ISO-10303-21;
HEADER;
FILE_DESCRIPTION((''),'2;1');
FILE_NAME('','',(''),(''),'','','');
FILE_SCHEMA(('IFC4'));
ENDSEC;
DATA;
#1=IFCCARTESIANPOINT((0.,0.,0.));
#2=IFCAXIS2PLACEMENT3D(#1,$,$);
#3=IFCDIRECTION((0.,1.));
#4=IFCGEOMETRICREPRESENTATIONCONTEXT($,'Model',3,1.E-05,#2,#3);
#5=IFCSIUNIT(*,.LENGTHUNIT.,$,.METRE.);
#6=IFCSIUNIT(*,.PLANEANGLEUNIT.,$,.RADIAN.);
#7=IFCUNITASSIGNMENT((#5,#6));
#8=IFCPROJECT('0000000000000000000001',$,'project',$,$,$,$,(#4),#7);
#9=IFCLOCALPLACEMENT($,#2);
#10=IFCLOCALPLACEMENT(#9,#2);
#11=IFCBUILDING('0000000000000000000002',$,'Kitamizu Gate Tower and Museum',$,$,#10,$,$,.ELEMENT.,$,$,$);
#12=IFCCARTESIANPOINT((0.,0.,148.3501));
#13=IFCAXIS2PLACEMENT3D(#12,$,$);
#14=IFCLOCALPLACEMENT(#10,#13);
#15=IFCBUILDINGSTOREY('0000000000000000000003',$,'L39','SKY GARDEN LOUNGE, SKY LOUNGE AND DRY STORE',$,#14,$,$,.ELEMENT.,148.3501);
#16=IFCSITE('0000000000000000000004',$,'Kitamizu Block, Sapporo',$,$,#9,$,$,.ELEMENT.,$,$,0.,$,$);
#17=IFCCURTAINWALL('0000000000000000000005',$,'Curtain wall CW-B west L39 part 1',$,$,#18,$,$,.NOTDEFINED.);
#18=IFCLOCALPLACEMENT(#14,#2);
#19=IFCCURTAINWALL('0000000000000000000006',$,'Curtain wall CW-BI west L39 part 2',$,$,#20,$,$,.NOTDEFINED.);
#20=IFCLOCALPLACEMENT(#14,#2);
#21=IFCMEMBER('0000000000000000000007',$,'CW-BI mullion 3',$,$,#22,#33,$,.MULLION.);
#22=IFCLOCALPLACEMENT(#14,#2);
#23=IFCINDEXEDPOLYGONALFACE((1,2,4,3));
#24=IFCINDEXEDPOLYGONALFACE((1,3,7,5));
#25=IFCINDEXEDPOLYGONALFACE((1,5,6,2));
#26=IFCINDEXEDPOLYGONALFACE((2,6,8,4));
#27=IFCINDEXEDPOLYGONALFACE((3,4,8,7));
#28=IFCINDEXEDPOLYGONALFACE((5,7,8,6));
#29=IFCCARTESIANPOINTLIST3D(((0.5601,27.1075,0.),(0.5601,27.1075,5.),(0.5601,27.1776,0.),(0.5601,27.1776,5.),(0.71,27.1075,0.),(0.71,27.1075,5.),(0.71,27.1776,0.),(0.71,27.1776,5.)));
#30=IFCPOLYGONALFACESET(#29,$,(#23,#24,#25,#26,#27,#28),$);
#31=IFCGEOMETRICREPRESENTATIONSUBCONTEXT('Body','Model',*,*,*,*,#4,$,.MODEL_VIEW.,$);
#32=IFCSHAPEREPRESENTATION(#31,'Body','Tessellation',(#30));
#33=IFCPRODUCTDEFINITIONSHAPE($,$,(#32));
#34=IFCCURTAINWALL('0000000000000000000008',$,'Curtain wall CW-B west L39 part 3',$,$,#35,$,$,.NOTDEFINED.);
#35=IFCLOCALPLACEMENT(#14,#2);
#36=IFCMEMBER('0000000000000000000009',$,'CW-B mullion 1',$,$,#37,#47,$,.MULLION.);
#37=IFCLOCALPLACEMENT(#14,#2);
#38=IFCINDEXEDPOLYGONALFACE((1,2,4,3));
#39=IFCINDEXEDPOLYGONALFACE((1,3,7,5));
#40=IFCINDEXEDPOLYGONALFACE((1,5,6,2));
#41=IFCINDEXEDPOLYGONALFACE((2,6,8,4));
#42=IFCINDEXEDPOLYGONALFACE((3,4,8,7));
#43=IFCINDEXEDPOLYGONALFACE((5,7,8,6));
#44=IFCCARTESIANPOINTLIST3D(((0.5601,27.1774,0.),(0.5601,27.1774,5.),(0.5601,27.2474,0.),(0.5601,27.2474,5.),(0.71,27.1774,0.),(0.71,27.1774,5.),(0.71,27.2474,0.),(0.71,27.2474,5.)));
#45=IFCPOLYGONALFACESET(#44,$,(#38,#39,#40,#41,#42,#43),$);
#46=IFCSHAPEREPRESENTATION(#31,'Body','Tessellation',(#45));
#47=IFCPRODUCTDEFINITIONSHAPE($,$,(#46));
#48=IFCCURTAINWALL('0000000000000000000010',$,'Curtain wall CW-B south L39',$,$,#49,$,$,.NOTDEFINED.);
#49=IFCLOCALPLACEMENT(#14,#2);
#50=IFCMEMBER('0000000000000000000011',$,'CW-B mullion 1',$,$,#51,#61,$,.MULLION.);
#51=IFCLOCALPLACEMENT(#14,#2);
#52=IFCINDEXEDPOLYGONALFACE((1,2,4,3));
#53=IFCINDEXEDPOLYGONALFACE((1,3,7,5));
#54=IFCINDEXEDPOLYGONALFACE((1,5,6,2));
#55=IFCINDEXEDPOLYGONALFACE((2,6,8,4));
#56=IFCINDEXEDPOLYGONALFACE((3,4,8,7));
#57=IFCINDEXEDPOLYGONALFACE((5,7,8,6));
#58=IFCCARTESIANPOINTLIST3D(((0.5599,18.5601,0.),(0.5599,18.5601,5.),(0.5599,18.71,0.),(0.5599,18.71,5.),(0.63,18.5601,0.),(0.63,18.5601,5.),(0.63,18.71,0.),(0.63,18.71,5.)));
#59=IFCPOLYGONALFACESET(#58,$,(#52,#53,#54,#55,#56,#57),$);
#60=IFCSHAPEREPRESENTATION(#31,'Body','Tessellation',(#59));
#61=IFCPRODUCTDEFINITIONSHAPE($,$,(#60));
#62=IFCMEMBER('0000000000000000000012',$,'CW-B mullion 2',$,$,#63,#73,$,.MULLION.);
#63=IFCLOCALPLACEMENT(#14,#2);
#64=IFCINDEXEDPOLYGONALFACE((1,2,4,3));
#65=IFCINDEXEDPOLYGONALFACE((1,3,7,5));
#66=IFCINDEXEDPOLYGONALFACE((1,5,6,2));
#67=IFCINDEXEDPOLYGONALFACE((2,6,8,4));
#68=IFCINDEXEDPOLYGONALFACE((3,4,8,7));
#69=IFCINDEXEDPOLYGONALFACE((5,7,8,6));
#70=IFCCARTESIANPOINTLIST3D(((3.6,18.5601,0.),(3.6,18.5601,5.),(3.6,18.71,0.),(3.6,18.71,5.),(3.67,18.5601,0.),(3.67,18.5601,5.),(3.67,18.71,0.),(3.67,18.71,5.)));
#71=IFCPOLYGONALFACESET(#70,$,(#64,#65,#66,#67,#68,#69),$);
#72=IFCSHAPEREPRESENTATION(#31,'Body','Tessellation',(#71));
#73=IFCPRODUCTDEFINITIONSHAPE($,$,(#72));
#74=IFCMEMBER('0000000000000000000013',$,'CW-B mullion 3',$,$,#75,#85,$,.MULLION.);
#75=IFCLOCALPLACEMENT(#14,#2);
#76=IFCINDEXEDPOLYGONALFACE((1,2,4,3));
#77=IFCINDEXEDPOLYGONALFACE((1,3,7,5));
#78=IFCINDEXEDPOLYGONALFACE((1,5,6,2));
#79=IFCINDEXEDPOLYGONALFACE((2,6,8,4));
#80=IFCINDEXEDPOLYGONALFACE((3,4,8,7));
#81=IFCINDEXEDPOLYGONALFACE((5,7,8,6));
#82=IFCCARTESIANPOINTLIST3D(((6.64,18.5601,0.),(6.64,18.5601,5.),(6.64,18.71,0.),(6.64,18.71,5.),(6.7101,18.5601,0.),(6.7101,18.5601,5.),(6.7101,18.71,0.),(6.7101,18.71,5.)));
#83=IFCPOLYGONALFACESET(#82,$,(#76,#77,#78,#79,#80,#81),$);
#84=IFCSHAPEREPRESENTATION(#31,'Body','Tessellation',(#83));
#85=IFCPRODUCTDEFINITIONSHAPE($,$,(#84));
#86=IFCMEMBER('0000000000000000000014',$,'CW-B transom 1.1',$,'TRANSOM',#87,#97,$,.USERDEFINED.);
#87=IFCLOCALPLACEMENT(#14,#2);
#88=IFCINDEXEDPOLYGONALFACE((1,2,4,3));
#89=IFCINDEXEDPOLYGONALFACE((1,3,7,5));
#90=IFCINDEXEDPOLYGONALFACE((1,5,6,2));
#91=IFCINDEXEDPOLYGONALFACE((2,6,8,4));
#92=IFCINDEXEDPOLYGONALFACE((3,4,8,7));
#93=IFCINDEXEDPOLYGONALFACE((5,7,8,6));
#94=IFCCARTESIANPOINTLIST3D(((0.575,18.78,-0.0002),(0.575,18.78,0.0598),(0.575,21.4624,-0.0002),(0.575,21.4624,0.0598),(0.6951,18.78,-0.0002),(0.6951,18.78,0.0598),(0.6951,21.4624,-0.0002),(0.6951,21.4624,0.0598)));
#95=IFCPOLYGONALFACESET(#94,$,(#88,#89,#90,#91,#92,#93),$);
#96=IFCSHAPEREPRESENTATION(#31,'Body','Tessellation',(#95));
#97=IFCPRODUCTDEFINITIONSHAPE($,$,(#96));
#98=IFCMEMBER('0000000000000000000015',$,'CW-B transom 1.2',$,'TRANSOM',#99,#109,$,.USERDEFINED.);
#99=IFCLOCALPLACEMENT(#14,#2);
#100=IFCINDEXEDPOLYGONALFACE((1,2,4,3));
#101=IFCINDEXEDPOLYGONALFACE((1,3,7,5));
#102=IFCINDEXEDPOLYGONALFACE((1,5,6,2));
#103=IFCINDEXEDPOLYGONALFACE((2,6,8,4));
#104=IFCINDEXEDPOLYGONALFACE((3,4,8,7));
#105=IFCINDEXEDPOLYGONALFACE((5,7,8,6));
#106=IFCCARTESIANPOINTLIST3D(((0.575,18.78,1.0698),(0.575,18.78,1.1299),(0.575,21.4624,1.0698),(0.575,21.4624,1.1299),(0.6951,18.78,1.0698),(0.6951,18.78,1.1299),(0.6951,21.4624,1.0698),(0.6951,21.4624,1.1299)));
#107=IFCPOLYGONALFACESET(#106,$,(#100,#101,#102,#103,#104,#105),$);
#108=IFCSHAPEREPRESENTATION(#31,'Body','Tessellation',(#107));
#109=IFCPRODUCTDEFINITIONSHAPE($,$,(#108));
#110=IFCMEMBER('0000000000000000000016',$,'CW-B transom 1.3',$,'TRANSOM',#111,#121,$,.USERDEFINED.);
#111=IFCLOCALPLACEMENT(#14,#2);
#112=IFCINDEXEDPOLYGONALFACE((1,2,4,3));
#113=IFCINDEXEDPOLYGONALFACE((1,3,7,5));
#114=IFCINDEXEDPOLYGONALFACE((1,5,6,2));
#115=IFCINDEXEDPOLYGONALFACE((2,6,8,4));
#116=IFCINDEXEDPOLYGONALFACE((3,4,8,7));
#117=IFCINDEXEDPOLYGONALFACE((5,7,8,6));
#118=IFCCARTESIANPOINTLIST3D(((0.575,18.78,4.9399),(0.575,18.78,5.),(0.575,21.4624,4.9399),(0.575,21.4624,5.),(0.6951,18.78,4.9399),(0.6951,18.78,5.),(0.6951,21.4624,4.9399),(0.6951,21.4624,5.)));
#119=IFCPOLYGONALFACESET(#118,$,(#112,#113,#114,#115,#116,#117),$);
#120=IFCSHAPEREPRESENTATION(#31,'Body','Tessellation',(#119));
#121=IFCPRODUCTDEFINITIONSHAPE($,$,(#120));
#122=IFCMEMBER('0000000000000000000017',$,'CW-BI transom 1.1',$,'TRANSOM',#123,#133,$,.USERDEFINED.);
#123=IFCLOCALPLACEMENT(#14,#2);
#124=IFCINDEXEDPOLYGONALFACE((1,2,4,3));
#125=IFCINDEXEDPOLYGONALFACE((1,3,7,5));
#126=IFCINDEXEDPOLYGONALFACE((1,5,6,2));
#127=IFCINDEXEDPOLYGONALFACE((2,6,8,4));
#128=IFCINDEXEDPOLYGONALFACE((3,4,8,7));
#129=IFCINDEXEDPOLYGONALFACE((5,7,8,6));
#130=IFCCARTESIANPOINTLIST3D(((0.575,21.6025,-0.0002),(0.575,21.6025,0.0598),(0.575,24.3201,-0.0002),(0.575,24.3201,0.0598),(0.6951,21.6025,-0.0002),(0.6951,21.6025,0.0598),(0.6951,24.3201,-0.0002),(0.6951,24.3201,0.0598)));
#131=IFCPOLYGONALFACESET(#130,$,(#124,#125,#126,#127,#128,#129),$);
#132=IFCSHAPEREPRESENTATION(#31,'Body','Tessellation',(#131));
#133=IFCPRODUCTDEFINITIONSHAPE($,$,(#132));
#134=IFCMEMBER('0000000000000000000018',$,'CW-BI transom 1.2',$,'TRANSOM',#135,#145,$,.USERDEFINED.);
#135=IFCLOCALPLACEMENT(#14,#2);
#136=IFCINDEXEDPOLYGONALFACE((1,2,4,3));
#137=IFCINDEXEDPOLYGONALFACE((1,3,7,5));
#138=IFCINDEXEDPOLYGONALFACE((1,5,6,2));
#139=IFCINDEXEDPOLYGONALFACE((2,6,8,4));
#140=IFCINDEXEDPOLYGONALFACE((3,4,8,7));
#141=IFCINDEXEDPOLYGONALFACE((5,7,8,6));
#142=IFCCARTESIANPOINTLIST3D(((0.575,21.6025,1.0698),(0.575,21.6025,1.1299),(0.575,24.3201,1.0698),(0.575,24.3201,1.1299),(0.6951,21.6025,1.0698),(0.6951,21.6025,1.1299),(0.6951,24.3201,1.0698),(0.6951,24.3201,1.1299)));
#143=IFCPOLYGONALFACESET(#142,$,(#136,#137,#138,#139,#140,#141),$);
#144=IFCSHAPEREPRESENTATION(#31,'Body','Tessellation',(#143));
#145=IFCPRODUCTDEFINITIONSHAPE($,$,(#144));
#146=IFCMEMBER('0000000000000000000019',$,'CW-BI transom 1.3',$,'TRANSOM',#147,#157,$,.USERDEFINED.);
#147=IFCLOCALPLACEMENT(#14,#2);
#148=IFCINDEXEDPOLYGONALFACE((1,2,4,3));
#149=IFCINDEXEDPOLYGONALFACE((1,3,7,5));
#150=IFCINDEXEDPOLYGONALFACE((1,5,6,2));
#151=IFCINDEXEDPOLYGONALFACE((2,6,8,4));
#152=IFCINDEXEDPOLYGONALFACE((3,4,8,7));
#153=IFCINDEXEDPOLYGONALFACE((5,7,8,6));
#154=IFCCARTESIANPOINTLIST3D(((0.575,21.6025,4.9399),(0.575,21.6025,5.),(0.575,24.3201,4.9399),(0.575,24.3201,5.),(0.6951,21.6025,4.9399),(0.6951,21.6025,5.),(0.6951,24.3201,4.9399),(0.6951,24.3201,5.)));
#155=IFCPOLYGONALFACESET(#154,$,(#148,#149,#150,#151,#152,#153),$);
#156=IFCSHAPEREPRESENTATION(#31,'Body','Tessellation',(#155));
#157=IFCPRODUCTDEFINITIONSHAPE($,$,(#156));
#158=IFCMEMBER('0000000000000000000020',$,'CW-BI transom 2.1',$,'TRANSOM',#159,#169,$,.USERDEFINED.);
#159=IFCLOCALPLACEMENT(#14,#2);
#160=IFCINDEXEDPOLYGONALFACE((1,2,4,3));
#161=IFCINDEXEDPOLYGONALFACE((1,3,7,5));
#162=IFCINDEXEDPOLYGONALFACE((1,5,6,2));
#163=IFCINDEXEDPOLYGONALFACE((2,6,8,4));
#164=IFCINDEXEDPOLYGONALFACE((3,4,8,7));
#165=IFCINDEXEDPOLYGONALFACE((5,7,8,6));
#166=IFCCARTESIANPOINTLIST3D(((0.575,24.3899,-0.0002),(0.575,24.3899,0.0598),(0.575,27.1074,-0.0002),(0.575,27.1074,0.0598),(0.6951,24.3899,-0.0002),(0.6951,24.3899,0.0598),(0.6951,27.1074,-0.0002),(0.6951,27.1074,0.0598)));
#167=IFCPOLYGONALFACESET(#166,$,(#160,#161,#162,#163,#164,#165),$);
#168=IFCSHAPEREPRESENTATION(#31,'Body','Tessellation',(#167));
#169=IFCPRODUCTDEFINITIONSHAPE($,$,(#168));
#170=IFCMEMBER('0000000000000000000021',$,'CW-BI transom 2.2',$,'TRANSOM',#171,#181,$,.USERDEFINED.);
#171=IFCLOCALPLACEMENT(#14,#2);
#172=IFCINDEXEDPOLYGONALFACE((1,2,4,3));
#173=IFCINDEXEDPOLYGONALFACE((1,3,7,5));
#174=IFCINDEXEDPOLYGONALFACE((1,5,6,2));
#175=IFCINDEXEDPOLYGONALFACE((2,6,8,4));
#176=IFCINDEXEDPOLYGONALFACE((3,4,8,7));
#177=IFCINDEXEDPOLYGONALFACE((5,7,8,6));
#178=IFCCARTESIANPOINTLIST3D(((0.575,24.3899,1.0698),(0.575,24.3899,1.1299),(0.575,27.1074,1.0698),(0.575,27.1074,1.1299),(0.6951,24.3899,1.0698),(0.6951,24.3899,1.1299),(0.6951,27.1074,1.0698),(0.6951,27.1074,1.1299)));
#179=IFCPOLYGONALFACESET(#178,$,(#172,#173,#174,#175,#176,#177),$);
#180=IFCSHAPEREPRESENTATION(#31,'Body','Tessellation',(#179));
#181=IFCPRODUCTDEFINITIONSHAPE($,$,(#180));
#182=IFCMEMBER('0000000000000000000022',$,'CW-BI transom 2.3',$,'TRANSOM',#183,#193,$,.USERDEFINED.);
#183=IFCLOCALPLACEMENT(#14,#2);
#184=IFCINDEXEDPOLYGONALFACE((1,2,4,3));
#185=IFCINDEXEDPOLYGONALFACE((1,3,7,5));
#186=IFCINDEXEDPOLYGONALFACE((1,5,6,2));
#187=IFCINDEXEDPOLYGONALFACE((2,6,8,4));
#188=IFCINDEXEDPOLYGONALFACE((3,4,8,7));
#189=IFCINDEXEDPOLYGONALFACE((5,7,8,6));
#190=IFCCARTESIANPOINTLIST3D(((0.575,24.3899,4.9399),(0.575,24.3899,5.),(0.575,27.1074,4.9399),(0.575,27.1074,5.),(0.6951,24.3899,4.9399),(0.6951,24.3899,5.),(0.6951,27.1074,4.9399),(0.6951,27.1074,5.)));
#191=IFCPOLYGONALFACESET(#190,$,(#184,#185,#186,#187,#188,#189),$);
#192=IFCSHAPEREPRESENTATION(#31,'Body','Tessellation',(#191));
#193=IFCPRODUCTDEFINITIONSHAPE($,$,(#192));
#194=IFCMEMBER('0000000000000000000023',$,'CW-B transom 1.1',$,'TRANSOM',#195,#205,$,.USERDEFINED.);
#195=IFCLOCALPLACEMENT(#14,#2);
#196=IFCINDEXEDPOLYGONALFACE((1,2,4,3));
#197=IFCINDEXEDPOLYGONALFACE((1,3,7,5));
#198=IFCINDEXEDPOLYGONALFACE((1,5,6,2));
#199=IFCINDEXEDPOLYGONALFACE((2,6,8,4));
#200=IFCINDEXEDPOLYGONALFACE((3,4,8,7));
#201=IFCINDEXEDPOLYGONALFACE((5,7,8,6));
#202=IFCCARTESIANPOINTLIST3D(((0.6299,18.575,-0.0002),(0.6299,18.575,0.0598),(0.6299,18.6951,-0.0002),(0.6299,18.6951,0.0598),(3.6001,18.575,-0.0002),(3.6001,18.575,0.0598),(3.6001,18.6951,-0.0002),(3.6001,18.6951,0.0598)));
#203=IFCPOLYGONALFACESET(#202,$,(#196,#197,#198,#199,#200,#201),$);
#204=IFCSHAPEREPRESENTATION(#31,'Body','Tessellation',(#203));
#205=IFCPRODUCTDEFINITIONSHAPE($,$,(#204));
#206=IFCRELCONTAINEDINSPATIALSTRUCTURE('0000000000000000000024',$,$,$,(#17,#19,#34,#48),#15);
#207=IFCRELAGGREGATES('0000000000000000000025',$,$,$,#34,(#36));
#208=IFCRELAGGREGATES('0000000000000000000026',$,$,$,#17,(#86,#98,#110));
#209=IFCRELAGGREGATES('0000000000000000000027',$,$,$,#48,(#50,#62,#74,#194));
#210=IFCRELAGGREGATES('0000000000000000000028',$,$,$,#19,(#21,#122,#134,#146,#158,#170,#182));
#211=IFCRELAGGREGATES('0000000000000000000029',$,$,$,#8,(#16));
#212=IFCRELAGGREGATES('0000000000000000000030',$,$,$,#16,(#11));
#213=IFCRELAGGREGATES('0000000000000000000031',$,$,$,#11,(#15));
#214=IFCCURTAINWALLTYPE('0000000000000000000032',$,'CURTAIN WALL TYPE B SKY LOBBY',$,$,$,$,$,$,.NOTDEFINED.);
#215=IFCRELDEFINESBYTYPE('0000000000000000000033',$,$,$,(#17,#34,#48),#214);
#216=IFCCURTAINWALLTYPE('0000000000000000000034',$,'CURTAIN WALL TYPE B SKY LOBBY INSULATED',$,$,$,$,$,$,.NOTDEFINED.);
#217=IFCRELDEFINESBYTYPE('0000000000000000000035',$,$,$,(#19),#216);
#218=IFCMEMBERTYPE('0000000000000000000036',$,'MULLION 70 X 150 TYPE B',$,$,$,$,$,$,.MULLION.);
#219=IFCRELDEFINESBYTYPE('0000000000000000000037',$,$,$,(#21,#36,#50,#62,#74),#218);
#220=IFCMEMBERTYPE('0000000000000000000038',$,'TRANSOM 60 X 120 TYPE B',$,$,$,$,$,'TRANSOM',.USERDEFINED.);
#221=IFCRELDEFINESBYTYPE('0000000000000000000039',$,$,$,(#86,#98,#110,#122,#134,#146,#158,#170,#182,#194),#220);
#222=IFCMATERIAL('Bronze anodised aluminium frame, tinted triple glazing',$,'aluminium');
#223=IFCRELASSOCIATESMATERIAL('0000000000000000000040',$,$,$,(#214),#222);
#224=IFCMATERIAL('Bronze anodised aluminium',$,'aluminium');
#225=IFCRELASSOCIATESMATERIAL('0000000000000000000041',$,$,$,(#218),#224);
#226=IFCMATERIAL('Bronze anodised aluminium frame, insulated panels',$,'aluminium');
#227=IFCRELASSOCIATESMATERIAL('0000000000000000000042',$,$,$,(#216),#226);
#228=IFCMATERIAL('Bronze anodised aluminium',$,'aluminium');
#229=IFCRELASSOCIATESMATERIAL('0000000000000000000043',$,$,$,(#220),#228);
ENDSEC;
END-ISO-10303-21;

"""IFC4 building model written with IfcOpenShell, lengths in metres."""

from ifc_helpers import new_model, si_unit, direction, frame, origin, origin_2d, place, context, subcontext, project, spatial, rectangle, extrude, material, material_profile, profile_set, type_object, element, aggregate, save


model = new_model("IFC4")

# Units and contexts
model_context = context("Model", 3, precision=1e-05, world=origin(), true_north=direction((0.0, 1.0)))
body_context = subcontext(model_context, "Body", "Model", "MODEL_VIEW")
ifc_project = project(units=[si_unit("LENGTHUNIT", "METRE"), si_unit("PLANEANGLEUNIT", "RADIAN")], contexts=[model_context])

# Site, building, storey
site_placement = place(None, origin())
site = spatial("IfcSite", under=ifc_project, at=site_placement, Name="Kitamizu Block, Sapporo", CompositionType="ELEMENT", RefElevation=0.0)
building_placement = place(site_placement, origin())
building = spatial("IfcBuilding", under=site, at=building_placement, Name="Kitamizu Gate Tower and Museum", CompositionType="ELEMENT")
storey_placement = place(building_placement, frame((0.0, 0.0, 148.3501)))
storey = spatial("IfcBuildingStorey", under=building, at=storey_placement, Name="L39", Description="SKY GARDEN LOUNGE, SKY LOUNGE AND DRY STORE", CompositionType="ELEMENT", Elevation=148.3501)

# Curtain walls, member
ifc_material_1 = material(Name="Bronze anodised aluminium frame, tinted triple glazing", Category="aluminium")
curtain_wall_type_1 = type_object("IfcCurtainWallType", Name="CURTAIN WALL TYPE B SKY LOBBY", PredefinedType="NOTDEFINED", material=ifc_material_1)
curtain_wall_1_placement = place(storey_placement, origin())
curtain_wall_1 = element("IfcCurtainWall", 1, at=curtain_wall_1_placement, inside=storey, type_object=curtain_wall_type_1, Name="Curtain wall CW-B west L39 part 1", PredefinedType="NOTDEFINED")
ifc_material_2 = material(Name="Bronze anodised aluminium", Category="aluminium")
ifc_material_profile_1 = material_profile(ifc_material_2, rectangle(XDim=0.0701, YDim=0.1499, at=origin_2d()), Name="AL 70X150")
ifc_profile_set_1 = profile_set([ifc_material_profile_1], Name="Bronze anodised aluminium")
member_type_1 = type_object("IfcMemberType", Name="MULLION 70 X 150 TYPE B", PredefinedType="MULLION", material=ifc_profile_set_1)
ifc_material_3 = material(Name="Bronze anodised aluminium frame, insulated panels", Category="aluminium")
curtain_wall_type_2 = type_object("IfcCurtainWallType", Name="CURTAIN WALL TYPE B SKY LOBBY INSULATED", PredefinedType="NOTDEFINED", material=ifc_material_3)
curtain_wall_2_placement = place(storey_placement, origin())
curtain_wall_2 = element("IfcCurtainWall", 2, at=curtain_wall_2_placement, inside=storey, type_object=curtain_wall_type_2, Name="Curtain wall CW-BI west L39 part 2", PredefinedType="NOTDEFINED")
member_1_placement = place(storey_placement, frame((0.635, 27.1426, 0.0), z_axis=(0.0, 0.0, 1.0), x_axis=(0.0, 1.0, 0.0)))
member_1 = element("IfcMember", 3, at=member_1_placement, type_object=member_type_1, Name="CW-BI mullion 3", PredefinedType="MULLION", context=body_context, shape_type="SweptSolid", body=[
    extrude(rectangle(XDim=0.0701, YDim=0.1499, at=origin_2d()), origin(), (0.0, 0.0, 1.0), 5.0),
])

# Curtain wall, member
curtain_wall_3_placement = place(storey_placement, origin())
curtain_wall_3 = element("IfcCurtainWall", 4, at=curtain_wall_3_placement, inside=storey, type_object=curtain_wall_type_1, Name="Curtain wall CW-B west L39 part 3", PredefinedType="NOTDEFINED")
member_2_placement = place(storey_placement, frame((0.635, 27.2124, 0.0), z_axis=(0.0, 0.0, 1.0), x_axis=(0.0, 1.0, 0.0)))
member_2 = element("IfcMember", 5, at=member_2_placement, type_object=member_type_1, Name="CW-B mullion 1", PredefinedType="MULLION", context=body_context, shape_type="SweptSolid", body=[
    extrude(rectangle(XDim=0.0701, YDim=0.1499, at=origin_2d()), origin(), (0.0, 0.0, 1.0), 5.0),
])
aggregate(curtain_wall_3, [member_2])

# Curtain wall, members
curtain_wall_4_placement = place(storey_placement, origin())
curtain_wall_4 = element("IfcCurtainWall", 6, at=curtain_wall_4_placement, inside=storey, type_object=curtain_wall_type_1, Name="Curtain wall CW-B south L39", PredefinedType="NOTDEFINED")
member_3_placement = place(storey_placement, frame((0.595, 18.635, 0.0), z_axis=(0.0, 0.0, 1.0), x_axis=(1.0, 0.0, 0.0)))
member_3 = element("IfcMember", 7, at=member_3_placement, type_object=member_type_1, Name="CW-B mullion 1", PredefinedType="MULLION", context=body_context, shape_type="SweptSolid", body=[
    extrude(rectangle(XDim=0.0701, YDim=0.1499, at=origin_2d()), origin(), (0.0, 0.0, 1.0), 5.0),
])
member_4_placement = place(storey_placement, frame((3.635, 18.635, 0.0), z_axis=(0.0, 0.0, 1.0), x_axis=(1.0, 0.0, 0.0)))
member_4 = element("IfcMember", 8, at=member_4_placement, type_object=member_type_1, Name="CW-B mullion 2", PredefinedType="MULLION", context=body_context, shape_type="SweptSolid", body=[
    extrude(rectangle(XDim=0.0701, YDim=0.1499, at=origin_2d()), origin(), (0.0, 0.0, 1.0), 5.0),
])
member_5_placement = place(storey_placement, frame((6.675, 18.635, 0.0), z_axis=(0.0, 0.0, 1.0), x_axis=(1.0, 0.0, 0.0)))
member_5 = element("IfcMember", 9, at=member_5_placement, type_object=member_type_1, Name="CW-B mullion 3", PredefinedType="MULLION", context=body_context, shape_type="SweptSolid", body=[
    extrude(rectangle(XDim=0.0701, YDim=0.1499, at=origin_2d()), origin(), (0.0, 0.0, 1.0), 5.0),
])

# Members
ifc_material_4 = material(Name="Bronze anodised aluminium", Category="aluminium")
ifc_material_profile_2 = material_profile(ifc_material_4, rectangle(XDim=0.1201, YDim=0.0601, at=origin_2d()), Name="AL 60X120")
ifc_profile_set_2 = profile_set([ifc_material_profile_2], Name="Bronze anodised aluminium")
member_type_2 = type_object("IfcMemberType", Name="TRANSOM 60 X 120 TYPE B", ElementType="TRANSOM", PredefinedType="USERDEFINED", material=ifc_profile_set_2)
member_6_placement = place(storey_placement, frame((0.635, 18.78, 0.0298), z_axis=(0.0, 1.0, 0.0), x_axis=(-1.0, 0.0, 0.0)))
member_6 = element("IfcMember", 10, at=member_6_placement, type_object=member_type_2, Name="CW-B transom 1.1", ObjectType="TRANSOM", PredefinedType="USERDEFINED", context=body_context, shape_type="SweptSolid", body=[
    extrude(rectangle(XDim=0.1201, YDim=0.0601, at=origin_2d()), origin(), (0.0, 0.0, 1.0), 2.6824),
])
member_7_placement = place(storey_placement, frame((0.635, 18.78, 1.0999), z_axis=(0.0, 1.0, 0.0), x_axis=(-1.0, 0.0, 0.0)))
member_7 = element("IfcMember", 11, at=member_7_placement, type_object=member_type_2, Name="CW-B transom 1.2", ObjectType="TRANSOM", PredefinedType="USERDEFINED", context=body_context, shape_type="SweptSolid", body=[
    extrude(rectangle(XDim=0.1201, YDim=0.0601, at=origin_2d()), origin(), (0.0, 0.0, 1.0), 2.6824),
])
member_8_placement = place(storey_placement, frame((0.635, 18.78, 4.97), z_axis=(0.0, 1.0, 0.0), x_axis=(-1.0, 0.0, 0.0)))
member_8 = element("IfcMember", 12, at=member_8_placement, type_object=member_type_2, Name="CW-B transom 1.3", ObjectType="TRANSOM", PredefinedType="USERDEFINED", context=body_context, shape_type="SweptSolid", body=[
    extrude(rectangle(XDim=0.1201, YDim=0.0601, at=origin_2d()), origin(), (0.0, 0.0, 1.0), 2.6824),
])
member_9_placement = place(storey_placement, frame((0.635, 21.6025, 0.0298), z_axis=(0.0, 1.0, 0.0), x_axis=(-1.0, 0.0, 0.0)))
member_9 = element("IfcMember", 13, at=member_9_placement, type_object=member_type_2, Name="CW-BI transom 1.1", ObjectType="TRANSOM", PredefinedType="USERDEFINED", context=body_context, shape_type="SweptSolid", body=[
    extrude(rectangle(XDim=0.1201, YDim=0.0601, at=origin_2d()), origin(), (0.0, 0.0, 1.0), 2.7175),
])
member_10_placement = place(storey_placement, frame((0.635, 21.6025, 1.0999), z_axis=(0.0, 1.0, 0.0), x_axis=(-1.0, 0.0, 0.0)))
member_10 = element("IfcMember", 14, at=member_10_placement, type_object=member_type_2, Name="CW-BI transom 1.2", ObjectType="TRANSOM", PredefinedType="USERDEFINED", context=body_context, shape_type="SweptSolid", body=[
    extrude(rectangle(XDim=0.1201, YDim=0.0601, at=origin_2d()), origin(), (0.0, 0.0, 1.0), 2.7175),
])
member_11_placement = place(storey_placement, frame((0.635, 21.6025, 4.97), z_axis=(0.0, 1.0, 0.0), x_axis=(-1.0, 0.0, 0.0)))
member_11 = element("IfcMember", 15, at=member_11_placement, type_object=member_type_2, Name="CW-BI transom 1.3", ObjectType="TRANSOM", PredefinedType="USERDEFINED", context=body_context, shape_type="SweptSolid", body=[
    extrude(rectangle(XDim=0.1201, YDim=0.0601, at=origin_2d()), origin(), (0.0, 0.0, 1.0), 2.7175),
])
member_12_placement = place(storey_placement, frame((0.635, 24.3899, 0.0298), z_axis=(0.0, 1.0, 0.0), x_axis=(-1.0, 0.0, 0.0)))
member_12 = element("IfcMember", 16, at=member_12_placement, type_object=member_type_2, Name="CW-BI transom 2.1", ObjectType="TRANSOM", PredefinedType="USERDEFINED", context=body_context, shape_type="SweptSolid", body=[
    extrude(rectangle(XDim=0.1201, YDim=0.0601, at=origin_2d()), origin(), (0.0, 0.0, 1.0), 2.7175),
])
member_13_placement = place(storey_placement, frame((0.635, 24.3899, 1.0999), z_axis=(0.0, 1.0, 0.0), x_axis=(-1.0, 0.0, 0.0)))
member_13 = element("IfcMember", 17, at=member_13_placement, type_object=member_type_2, Name="CW-BI transom 2.2", ObjectType="TRANSOM", PredefinedType="USERDEFINED", context=body_context, shape_type="SweptSolid", body=[
    extrude(rectangle(XDim=0.1201, YDim=0.0601, at=origin_2d()), origin(), (0.0, 0.0, 1.0), 2.7175),
])
member_14_placement = place(storey_placement, frame((0.635, 24.3899, 4.97), z_axis=(0.0, 1.0, 0.0), x_axis=(-1.0, 0.0, 0.0)))
member_14 = element("IfcMember", 18, at=member_14_placement, type_object=member_type_2, Name="CW-BI transom 2.3", ObjectType="TRANSOM", PredefinedType="USERDEFINED", context=body_context, shape_type="SweptSolid", body=[
    extrude(rectangle(XDim=0.1201, YDim=0.0601, at=origin_2d()), origin(), (0.0, 0.0, 1.0), 2.7175),
])
member_15_placement = place(storey_placement, frame((0.6299, 18.635, 0.0298), z_axis=(1.0, 0.0, 0.0), x_axis=(0.0, 1.0, 0.0)))
member_15 = element("IfcMember", 19, at=member_15_placement, type_object=member_type_2, Name="CW-B transom 1.1", ObjectType="TRANSOM", PredefinedType="USERDEFINED", context=body_context, shape_type="SweptSolid", body=[
    extrude(rectangle(XDim=0.1201, YDim=0.0601, at=origin_2d()), origin(), (0.0, 0.0, 1.0), 2.9702),
])

aggregate(curtain_wall_1, [member_6, member_7, member_8])
aggregate(curtain_wall_4, [member_3, member_4, member_5, member_15])
aggregate(curtain_wall_2, [member_1, member_9, member_10, member_11, member_12, member_13, member_14])

save(model, "model.ifc")
